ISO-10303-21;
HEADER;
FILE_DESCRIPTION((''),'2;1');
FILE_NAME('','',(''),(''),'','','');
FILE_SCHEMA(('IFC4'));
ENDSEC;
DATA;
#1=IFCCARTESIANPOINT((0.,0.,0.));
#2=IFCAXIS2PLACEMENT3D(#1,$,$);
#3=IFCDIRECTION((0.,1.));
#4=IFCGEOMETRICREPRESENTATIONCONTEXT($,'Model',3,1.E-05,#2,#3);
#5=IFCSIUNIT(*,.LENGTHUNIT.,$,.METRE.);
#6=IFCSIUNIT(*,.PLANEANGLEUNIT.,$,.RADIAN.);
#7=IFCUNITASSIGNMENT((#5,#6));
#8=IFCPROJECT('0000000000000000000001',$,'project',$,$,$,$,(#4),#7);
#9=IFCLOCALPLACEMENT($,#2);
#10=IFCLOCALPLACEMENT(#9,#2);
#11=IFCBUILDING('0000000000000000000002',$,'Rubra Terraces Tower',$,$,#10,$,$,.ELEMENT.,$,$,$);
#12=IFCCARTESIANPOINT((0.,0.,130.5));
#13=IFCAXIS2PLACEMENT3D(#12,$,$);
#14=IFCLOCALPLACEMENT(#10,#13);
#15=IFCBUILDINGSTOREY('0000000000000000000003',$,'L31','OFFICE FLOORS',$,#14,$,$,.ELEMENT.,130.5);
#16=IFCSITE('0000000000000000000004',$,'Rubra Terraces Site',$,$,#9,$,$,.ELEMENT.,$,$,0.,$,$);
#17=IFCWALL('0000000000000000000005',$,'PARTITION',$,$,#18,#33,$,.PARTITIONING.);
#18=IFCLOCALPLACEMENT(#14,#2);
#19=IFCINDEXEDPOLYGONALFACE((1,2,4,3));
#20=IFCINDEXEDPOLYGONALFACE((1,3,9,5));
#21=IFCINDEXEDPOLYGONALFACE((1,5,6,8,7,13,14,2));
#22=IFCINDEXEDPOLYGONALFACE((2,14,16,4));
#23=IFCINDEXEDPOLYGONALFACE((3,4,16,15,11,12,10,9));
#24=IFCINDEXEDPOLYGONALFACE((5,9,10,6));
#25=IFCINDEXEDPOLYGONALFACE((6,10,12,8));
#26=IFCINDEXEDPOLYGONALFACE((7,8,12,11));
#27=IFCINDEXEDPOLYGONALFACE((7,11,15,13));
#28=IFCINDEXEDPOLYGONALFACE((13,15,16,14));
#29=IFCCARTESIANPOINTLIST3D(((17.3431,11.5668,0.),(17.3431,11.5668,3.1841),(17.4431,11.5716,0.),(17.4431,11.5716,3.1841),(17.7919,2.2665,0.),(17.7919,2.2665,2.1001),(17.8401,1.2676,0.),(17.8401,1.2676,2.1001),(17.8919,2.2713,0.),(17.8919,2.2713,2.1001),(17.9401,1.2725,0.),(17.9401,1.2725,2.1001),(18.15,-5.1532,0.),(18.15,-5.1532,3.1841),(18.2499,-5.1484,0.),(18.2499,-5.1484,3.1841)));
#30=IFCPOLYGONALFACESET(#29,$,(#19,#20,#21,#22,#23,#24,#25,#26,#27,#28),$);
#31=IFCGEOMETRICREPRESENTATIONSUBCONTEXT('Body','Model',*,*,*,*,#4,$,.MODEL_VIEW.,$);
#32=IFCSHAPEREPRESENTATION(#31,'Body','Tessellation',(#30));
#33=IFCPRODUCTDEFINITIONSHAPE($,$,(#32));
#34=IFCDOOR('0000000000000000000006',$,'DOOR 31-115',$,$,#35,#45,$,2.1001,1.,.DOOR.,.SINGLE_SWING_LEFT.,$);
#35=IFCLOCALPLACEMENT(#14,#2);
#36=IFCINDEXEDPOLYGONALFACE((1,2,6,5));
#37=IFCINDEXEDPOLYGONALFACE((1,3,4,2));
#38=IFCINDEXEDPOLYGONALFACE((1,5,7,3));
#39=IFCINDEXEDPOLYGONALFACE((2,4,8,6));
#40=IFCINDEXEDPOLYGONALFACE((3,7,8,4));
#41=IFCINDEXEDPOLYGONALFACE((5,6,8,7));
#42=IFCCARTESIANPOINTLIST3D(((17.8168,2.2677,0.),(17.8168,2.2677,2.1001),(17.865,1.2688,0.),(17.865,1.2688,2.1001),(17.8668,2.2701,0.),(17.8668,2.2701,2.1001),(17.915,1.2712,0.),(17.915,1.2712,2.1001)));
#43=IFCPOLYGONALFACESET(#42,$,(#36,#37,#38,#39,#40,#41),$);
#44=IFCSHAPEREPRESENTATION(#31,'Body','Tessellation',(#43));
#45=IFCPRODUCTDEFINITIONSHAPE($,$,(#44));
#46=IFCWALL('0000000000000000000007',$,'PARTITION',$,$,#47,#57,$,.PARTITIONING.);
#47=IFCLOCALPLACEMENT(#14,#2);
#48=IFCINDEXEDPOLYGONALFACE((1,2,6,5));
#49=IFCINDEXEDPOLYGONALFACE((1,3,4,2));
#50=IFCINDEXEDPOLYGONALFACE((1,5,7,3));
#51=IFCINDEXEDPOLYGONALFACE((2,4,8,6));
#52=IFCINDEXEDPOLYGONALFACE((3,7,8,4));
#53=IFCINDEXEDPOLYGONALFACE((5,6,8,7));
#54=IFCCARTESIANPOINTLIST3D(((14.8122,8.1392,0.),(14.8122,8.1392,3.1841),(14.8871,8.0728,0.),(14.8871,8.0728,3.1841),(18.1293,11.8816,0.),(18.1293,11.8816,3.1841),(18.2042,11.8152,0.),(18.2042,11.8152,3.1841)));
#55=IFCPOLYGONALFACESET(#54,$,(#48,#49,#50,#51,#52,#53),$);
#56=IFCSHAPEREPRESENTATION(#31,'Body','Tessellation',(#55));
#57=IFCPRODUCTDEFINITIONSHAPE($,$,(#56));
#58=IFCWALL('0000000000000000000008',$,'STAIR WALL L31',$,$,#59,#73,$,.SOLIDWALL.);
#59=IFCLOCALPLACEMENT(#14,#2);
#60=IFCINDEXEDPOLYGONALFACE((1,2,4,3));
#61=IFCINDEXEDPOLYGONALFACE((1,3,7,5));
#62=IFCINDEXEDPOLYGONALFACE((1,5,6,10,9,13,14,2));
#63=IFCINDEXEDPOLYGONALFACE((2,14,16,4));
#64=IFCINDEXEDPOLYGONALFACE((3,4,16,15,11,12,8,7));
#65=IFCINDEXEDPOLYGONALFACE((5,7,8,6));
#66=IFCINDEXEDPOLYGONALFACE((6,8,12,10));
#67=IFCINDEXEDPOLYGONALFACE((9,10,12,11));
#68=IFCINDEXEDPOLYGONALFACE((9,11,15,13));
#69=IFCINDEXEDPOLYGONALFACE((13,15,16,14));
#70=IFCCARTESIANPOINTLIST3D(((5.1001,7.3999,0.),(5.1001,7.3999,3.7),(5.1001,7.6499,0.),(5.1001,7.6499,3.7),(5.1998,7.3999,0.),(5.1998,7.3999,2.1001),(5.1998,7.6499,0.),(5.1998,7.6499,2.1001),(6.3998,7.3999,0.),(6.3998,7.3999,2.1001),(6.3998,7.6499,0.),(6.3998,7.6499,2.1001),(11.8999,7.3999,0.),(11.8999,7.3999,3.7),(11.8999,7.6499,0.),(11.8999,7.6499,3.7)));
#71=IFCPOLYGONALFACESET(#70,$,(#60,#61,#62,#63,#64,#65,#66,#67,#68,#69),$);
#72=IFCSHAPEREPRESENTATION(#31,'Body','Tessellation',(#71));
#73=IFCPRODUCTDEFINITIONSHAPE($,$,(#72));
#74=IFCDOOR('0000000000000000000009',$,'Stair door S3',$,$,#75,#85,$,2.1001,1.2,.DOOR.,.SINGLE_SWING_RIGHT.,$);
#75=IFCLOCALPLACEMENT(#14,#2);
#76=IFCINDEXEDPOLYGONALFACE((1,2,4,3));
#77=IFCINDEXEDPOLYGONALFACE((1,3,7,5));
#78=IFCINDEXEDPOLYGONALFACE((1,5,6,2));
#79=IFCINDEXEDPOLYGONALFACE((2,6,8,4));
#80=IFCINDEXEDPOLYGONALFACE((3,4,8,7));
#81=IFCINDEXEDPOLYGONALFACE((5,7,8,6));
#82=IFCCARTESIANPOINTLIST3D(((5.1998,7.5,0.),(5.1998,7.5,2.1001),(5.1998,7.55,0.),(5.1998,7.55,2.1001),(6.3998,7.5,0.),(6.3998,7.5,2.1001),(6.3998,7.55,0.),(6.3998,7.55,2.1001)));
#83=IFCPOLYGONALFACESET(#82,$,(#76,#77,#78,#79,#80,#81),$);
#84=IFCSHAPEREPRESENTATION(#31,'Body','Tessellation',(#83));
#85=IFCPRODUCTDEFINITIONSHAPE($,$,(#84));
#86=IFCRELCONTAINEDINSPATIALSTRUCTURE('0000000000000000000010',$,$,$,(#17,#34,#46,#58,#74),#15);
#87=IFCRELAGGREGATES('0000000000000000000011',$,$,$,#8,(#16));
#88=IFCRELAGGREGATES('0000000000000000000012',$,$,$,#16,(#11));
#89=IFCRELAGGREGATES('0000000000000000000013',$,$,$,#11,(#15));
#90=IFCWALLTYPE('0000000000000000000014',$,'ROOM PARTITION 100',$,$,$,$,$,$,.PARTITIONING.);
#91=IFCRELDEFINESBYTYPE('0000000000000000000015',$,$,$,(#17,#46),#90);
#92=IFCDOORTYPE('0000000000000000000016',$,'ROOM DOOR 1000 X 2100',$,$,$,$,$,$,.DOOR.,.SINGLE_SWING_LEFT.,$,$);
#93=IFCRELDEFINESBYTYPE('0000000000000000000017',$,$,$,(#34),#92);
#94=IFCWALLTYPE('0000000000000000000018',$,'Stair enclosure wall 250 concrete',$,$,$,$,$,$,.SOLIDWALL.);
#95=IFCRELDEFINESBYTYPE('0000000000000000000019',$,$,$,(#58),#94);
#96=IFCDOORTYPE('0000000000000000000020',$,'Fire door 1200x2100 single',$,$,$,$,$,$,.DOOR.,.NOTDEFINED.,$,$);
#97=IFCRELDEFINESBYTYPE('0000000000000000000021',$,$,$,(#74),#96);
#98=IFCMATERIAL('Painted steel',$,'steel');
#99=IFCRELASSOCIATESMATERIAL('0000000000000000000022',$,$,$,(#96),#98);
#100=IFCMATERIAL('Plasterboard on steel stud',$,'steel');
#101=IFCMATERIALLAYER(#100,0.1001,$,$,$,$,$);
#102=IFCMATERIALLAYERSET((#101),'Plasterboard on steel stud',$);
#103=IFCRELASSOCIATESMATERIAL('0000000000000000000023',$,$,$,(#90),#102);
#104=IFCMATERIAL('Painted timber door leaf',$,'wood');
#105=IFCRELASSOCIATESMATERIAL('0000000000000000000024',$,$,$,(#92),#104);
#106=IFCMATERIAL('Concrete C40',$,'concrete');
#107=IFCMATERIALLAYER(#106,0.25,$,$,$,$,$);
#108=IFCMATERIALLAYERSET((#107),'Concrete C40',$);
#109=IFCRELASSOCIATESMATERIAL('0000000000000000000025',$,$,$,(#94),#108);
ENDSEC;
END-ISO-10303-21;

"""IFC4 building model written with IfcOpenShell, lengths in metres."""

from ifc_helpers import new_model, si_unit, direction, frame, frame_2d, origin, place, context, subcontext, project, spatial, rectangle, extrude, material, layer, layer_set, type_object, element, fill, save


model = new_model("IFC4")

# Units and contexts
model_context = context("Model", 3, precision=1e-05, world=origin(), true_north=direction((0.0, 1.0)))
body_context = subcontext(model_context, "Body", "Model", "MODEL_VIEW")
ifc_project = project(units=[si_unit("LENGTHUNIT", "METRE"), si_unit("PLANEANGLEUNIT", "RADIAN")], contexts=[model_context])

# Site, building, storey
site_placement = place(None, origin())
site = spatial("IfcSite", under=ifc_project, at=site_placement, Name="Rubra Terraces Site", CompositionType="ELEMENT", RefElevation=0.0)
building_placement = place(site_placement, origin())
building = spatial("IfcBuilding", under=site, at=building_placement, Name="Rubra Terraces Tower", CompositionType="ELEMENT")
storey_placement = place(building_placement, frame((0.0, 0.0, 130.5)))
storey = spatial("IfcBuildingStorey", under=building, at=storey_placement, Name="L31", Description="OFFICE FLOORS", CompositionType="ELEMENT", Elevation=130.5)

# Shared definitions
ifc_material_1 = material(Name="Concrete C40", Category="concrete")

# Shared definitions
ifc_material_2 = material(Name="Painted steel", Category="steel")
door_type_1 = type_object("IfcDoorType", Name="Fire door 1200x2100 single", OperationType="NOTDEFINED", PredefinedType="DOOR", material=ifc_material_2)

# Wall, opening, door
ifc_material_3 = material(Name="Plasterboard on steel stud", Category="steel")
ifc_layer_1 = layer(ifc_material_3, 0.1001)
ifc_layer_set_1 = layer_set([ifc_layer_1], Name="Plasterboard on steel stud")
wall_type_1 = type_object("IfcWallType", Name="ROOM PARTITION 100", PredefinedType="PARTITIONING", material=ifc_layer_set_1)
wall_1_placement = place(storey_placement, frame((17.3931, 11.5691, 0.0), z_axis=(0.0, 0.0, 1.0), x_axis=(0.048203, -0.998838, 0.0)))
wall_1 = element("IfcWall", 1, at=wall_1_placement, inside=storey, type_object=wall_type_1, Name="PARTITION", PredefinedType="PARTITIONING", context=body_context, shape_type="SweptSolid", body=[
    extrude(rectangle(XDim=16.7395, YDim=0.1001, at=frame_2d((8.3696, 0.0))), origin(), (0.0, 0.0, 1.0), 3.1841),
])
opening_1_placement = place(wall_1_placement, frame((9.311, 0.0, 0.0)))
opening_1 = element("IfcOpeningElement", 2, at=opening_1_placement, cuts=wall_1, PredefinedType="OPENING", context=body_context, shape_type="SweptSolid", body=[
    extrude(rectangle(XDim=1.0, YDim=2.1001, at=frame_2d((0.5, 1.05))), frame((0.0, 0.0601, 0.0), z_axis=(0.0, -1.0, 0.0), x_axis=(1.0, 0.0, 0.0)), (0.0, 0.0, 1.0), 0.1201),
])
ifc_material_4 = material(Name="Painted timber door leaf", Category="wood")
door_type_2 = type_object("IfcDoorType", Name="ROOM DOOR 1000 X 2100", OperationType="SINGLE_SWING_LEFT", PredefinedType="DOOR", material=ifc_material_4)
door_1_placement = place(opening_1_placement, origin())
door_1 = element("IfcDoor", 3, at=door_1_placement, inside=storey, type_object=door_type_2, Name="DOOR 31-115", OperationType="SINGLE_SWING_LEFT", OverallHeight=2.1001, OverallWidth=1.0, PredefinedType="DOOR", context=body_context, shape_type="SweptSolid", body=[
    extrude(rectangle(XDim=1.0, YDim=2.1001, at=frame_2d((0.5, 1.05))), frame((0.0, 0.0249, 0.0), z_axis=(0.0, -1.0, 0.0), x_axis=(1.0, 0.0, 0.0)), (0.0, 0.0, 1.0), 0.05),
])
fill(opening_1, door_1)

# Wall
wall_2_placement = place(storey_placement, frame((14.8496, 8.106, 0.0), z_axis=(0.0, 0.0, 1.0), x_axis=(0.663306, 0.748349, 0.0)))
element("IfcWall", 4, at=wall_2_placement, inside=storey, type_object=wall_type_1, Name="PARTITION", PredefinedType="PARTITIONING", context=body_context, shape_type="SweptSolid", body=[
    extrude(rectangle(XDim=5.001, YDim=0.1001, at=frame_2d((2.5005, 0.0))), origin(), (0.0, 0.0, 1.0), 3.1841),
])

# Wall, opening, door
ifc_layer_2 = layer(ifc_material_1, 0.25)
ifc_layer_set_2 = layer_set([ifc_layer_2], Name="Concrete C40")
wall_type_2 = type_object("IfcWallType", Name="Stair enclosure wall 250 concrete", PredefinedType="SOLIDWALL", material=ifc_layer_set_2)
wall_3_placement = place(storey_placement, frame((11.8999, 7.5249, 0.0), z_axis=(0.0, 0.0, 1.0), x_axis=(-1.0, 0.0, 0.0)))
wall_3 = element("IfcWall", 5, at=wall_3_placement, inside=storey, type_object=wall_type_2, Name="STAIR WALL L31", PredefinedType="SOLIDWALL", context=body_context, shape_type="SweptSolid", body=[
    extrude(rectangle(XDim=6.7998, YDim=0.25, at=frame_2d((3.3999, 0.0))), origin(), (0.0, 0.0, 1.0), 3.7),
])
opening_2_placement = place(wall_3_placement, frame((5.5, 0.0, 0.0)))
opening_2 = element("IfcOpeningElement", 6, at=opening_2_placement, cuts=wall_3, PredefinedType="OPENING", context=body_context, shape_type="SweptSolid", body=[
    extrude(rectangle(XDim=1.2, YDim=2.1001, at=frame_2d((0.6001, 1.05))), frame((0.0, 0.135, 0.0), z_axis=(0.0, -1.0, 0.0), x_axis=(1.0, 0.0, 0.0)), (0.0, 0.0, 1.0), 0.27),
])
door_2_placement = place(opening_2_placement, origin())
door_2 = element("IfcDoor", 7, at=door_2_placement, inside=storey, type_object=door_type_1, Name="Stair door S3", OperationType="SINGLE_SWING_RIGHT", OverallHeight=2.1001, OverallWidth=1.2, PredefinedType="DOOR", context=body_context, shape_type="SweptSolid", body=[
    extrude(rectangle(XDim=1.2, YDim=2.1001, at=frame_2d((0.6001, 1.05))), frame((0.0, 0.0249, 0.0), z_axis=(0.0, -1.0, 0.0), x_axis=(1.0, 0.0, 0.0)), (0.0, 0.0, 1.0), 0.05),
])
fill(opening_2, door_2)

save(model, "model.ifc")
